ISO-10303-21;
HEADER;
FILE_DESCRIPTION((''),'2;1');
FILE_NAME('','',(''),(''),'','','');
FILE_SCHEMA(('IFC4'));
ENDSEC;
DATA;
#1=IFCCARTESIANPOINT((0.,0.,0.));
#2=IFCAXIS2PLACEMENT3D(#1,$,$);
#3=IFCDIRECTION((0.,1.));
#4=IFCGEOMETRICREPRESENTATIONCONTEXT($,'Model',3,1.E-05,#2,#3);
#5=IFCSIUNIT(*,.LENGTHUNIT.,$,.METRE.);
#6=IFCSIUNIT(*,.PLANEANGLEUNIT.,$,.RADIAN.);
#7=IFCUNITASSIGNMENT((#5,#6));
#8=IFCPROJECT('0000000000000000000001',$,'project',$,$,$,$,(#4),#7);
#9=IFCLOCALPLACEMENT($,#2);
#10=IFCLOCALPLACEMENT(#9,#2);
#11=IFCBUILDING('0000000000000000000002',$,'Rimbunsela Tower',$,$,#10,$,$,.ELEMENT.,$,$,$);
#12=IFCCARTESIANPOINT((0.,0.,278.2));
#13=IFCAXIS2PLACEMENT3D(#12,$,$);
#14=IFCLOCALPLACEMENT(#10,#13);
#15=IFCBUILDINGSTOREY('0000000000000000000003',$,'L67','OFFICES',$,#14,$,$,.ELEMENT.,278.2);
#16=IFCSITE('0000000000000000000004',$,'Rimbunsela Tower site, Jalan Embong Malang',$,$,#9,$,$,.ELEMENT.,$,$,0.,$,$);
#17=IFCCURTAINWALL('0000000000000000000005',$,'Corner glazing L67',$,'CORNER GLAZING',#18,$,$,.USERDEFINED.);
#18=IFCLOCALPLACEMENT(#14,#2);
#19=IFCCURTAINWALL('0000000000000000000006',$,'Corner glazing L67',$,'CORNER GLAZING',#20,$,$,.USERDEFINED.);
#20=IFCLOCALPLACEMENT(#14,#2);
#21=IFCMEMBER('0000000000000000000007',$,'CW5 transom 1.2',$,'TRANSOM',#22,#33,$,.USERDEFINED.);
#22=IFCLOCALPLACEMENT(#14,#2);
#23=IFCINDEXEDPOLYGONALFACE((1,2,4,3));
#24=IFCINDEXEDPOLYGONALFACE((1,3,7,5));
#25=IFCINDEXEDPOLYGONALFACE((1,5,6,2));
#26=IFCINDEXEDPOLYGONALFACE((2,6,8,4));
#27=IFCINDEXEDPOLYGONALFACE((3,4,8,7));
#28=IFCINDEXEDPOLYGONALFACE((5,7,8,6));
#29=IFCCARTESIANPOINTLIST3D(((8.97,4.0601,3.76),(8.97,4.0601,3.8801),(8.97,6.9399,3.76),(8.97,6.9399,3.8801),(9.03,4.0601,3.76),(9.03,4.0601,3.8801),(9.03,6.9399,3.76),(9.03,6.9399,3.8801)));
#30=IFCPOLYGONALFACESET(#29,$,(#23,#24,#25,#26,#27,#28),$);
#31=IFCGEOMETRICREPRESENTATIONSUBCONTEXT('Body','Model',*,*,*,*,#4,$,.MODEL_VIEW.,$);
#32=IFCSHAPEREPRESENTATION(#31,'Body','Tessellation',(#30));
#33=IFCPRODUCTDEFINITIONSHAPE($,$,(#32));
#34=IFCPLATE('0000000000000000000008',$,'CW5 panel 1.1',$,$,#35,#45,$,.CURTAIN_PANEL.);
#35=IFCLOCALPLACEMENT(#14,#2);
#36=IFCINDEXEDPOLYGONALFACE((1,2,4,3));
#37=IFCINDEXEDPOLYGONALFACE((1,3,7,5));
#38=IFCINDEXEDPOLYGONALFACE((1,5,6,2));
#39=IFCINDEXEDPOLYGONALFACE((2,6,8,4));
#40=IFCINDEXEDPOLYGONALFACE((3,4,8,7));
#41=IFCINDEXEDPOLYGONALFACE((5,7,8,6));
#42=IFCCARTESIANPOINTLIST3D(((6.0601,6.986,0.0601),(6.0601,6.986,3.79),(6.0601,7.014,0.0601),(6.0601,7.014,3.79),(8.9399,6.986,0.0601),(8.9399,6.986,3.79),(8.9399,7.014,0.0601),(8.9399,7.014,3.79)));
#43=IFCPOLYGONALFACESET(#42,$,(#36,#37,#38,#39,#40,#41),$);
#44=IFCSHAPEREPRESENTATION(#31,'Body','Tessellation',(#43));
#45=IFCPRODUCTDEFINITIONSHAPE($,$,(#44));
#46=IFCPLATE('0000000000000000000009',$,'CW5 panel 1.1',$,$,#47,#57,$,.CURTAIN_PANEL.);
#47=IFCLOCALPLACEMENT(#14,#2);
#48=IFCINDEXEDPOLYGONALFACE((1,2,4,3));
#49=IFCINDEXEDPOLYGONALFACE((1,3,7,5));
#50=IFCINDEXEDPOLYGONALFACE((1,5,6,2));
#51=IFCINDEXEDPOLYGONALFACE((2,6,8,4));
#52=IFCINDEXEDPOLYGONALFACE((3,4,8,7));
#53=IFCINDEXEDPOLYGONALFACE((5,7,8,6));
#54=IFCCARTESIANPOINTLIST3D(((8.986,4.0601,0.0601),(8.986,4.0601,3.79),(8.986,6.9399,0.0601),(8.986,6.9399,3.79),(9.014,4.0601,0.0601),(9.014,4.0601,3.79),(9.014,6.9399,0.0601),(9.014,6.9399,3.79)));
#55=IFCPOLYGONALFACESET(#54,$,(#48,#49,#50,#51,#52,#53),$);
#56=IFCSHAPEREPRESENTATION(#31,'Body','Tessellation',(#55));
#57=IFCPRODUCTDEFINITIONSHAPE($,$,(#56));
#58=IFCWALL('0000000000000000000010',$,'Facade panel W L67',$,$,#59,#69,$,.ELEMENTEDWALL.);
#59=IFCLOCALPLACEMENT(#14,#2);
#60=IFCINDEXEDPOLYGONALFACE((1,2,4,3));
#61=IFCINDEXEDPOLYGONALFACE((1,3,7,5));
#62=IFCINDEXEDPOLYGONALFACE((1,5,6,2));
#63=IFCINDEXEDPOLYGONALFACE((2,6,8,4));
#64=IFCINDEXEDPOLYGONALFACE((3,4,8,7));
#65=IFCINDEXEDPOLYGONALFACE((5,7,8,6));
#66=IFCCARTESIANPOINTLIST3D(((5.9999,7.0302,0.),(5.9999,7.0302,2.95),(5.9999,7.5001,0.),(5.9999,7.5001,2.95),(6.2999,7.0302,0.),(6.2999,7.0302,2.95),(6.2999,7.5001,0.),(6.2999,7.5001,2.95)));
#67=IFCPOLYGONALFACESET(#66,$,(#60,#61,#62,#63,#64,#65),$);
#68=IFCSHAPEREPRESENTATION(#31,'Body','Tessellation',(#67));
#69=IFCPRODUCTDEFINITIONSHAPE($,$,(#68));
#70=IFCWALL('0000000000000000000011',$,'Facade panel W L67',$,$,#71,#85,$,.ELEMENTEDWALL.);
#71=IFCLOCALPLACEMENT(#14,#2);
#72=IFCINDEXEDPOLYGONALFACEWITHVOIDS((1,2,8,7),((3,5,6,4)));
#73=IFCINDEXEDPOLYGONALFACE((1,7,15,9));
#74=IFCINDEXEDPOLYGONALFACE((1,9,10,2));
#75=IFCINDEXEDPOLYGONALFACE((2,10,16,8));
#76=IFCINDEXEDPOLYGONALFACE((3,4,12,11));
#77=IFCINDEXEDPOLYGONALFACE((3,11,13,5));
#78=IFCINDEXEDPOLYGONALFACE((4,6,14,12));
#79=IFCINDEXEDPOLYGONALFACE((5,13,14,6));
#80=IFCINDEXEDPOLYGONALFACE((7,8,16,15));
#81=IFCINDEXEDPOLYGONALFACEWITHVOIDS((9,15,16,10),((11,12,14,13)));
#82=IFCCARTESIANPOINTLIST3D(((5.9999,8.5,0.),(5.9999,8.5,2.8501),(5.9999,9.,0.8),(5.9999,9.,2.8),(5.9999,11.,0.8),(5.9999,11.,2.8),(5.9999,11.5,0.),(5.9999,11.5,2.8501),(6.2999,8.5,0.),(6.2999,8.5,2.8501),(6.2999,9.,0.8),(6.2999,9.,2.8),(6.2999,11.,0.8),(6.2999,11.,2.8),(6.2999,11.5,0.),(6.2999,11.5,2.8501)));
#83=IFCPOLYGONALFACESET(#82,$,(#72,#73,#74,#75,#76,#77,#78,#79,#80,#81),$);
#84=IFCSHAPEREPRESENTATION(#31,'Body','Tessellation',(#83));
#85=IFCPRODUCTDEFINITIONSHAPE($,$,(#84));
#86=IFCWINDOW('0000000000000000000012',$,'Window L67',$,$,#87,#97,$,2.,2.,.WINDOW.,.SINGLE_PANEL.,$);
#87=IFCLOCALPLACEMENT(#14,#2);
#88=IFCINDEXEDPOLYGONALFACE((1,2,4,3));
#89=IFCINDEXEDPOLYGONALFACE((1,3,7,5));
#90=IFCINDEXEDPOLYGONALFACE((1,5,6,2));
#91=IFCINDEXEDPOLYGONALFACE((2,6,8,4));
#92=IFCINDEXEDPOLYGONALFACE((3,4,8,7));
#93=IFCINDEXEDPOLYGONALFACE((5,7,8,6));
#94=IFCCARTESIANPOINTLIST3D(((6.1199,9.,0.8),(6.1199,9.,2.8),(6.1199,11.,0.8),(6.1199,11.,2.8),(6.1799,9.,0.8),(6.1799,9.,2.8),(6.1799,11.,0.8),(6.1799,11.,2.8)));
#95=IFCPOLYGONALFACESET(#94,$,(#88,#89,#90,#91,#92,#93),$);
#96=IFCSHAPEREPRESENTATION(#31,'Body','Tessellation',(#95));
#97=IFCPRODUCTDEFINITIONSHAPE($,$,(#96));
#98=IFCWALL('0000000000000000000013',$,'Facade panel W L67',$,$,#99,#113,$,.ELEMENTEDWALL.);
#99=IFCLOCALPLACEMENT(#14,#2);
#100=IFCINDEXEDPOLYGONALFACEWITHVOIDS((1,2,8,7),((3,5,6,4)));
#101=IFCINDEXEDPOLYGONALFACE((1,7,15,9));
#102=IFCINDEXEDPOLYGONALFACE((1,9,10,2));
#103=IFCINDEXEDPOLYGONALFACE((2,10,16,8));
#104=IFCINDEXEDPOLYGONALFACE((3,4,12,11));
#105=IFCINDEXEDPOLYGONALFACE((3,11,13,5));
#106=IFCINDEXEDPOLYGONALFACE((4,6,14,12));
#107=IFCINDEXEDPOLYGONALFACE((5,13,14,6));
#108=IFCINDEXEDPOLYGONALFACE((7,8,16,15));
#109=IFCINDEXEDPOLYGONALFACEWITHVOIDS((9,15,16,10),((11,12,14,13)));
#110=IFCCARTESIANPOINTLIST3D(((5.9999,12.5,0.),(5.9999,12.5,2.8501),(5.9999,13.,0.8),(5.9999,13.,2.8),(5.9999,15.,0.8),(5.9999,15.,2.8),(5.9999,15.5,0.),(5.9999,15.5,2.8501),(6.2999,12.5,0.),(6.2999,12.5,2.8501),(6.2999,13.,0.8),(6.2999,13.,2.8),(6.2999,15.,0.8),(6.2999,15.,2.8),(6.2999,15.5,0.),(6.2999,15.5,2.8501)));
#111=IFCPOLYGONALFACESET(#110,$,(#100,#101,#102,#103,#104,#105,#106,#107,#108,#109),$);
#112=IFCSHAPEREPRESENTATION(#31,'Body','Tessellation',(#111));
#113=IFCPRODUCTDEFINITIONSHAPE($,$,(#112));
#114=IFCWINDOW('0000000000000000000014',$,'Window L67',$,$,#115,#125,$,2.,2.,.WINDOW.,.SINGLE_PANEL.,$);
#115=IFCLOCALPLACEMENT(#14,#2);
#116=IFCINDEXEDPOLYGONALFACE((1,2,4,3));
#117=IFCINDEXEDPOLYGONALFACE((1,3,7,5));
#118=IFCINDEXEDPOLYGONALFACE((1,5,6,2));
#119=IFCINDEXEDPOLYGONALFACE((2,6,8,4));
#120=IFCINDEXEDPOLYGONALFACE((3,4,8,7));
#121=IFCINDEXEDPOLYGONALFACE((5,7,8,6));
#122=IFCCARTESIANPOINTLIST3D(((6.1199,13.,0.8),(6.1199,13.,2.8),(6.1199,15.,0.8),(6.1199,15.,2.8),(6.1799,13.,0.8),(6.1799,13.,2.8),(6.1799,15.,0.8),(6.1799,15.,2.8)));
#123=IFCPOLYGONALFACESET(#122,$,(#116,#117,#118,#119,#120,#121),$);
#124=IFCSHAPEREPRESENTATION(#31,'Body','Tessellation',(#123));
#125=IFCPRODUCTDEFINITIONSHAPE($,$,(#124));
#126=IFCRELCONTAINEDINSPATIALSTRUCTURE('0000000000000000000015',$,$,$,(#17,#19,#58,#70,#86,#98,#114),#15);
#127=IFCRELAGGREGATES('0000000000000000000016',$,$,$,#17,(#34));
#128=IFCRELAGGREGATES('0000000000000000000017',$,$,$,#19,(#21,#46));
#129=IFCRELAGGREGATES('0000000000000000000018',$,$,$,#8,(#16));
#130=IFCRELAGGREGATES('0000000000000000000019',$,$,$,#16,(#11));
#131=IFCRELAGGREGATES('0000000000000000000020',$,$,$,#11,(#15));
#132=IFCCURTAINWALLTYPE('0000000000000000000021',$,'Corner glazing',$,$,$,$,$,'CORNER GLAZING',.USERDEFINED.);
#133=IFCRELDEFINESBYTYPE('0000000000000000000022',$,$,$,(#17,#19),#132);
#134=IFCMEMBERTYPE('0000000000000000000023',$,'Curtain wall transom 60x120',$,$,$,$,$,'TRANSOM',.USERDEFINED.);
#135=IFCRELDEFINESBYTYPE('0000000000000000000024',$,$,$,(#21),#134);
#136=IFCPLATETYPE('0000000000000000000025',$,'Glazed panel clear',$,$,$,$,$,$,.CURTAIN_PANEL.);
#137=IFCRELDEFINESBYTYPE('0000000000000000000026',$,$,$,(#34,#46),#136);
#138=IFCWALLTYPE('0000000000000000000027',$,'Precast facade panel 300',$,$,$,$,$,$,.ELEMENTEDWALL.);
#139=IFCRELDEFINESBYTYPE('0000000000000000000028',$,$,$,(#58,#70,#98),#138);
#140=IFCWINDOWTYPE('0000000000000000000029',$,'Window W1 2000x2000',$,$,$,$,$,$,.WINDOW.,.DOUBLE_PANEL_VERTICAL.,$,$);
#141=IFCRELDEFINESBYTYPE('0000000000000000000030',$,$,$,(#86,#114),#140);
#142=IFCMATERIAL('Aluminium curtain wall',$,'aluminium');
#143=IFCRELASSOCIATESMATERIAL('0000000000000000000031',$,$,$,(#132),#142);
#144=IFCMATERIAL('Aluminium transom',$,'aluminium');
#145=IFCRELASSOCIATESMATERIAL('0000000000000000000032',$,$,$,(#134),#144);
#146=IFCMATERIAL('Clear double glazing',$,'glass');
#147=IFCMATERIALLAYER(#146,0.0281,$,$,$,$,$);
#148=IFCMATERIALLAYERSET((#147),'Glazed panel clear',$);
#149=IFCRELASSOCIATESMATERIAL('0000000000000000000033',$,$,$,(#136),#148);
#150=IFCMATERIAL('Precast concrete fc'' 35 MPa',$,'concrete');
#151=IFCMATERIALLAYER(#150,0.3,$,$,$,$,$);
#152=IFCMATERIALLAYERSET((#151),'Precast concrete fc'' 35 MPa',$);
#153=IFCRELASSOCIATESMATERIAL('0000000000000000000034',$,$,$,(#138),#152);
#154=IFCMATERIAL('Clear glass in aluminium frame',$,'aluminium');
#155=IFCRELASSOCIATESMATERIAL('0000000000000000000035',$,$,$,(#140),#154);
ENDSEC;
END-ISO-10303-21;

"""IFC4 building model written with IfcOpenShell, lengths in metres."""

from ifc_helpers import new_model, si_unit, direction, frame, frame_2d, origin, origin_2d, place, context, subcontext, project, spatial, rectangle, extrude, material, layer, layer_set, material_profile, profile_set, type_object, element, fill, aggregate, save


model = new_model("IFC4")

# Units and contexts
model_context = context("Model", 3, precision=1e-05, world=origin(), true_north=direction((0.0, 1.0)))
body_context = subcontext(model_context, "Body", "Model", "MODEL_VIEW")
ifc_project = project(units=[si_unit("LENGTHUNIT", "METRE"), si_unit("PLANEANGLEUNIT", "RADIAN")], contexts=[model_context])

# Site, building, storey
site_placement = place(None, origin())
site = spatial("IfcSite", under=ifc_project, at=site_placement, Name="Rimbunsela Tower site, Jalan Embong Malang", CompositionType="ELEMENT", RefElevation=0.0)
building_placement = place(site_placement, origin())
building = spatial("IfcBuilding", under=site, at=building_placement, Name="Rimbunsela Tower", CompositionType="ELEMENT")
storey_placement = place(building_placement, frame((0.0, 0.0, 278.2)))
storey = spatial("IfcBuildingStorey", under=building, at=storey_placement, Name="L67", Description="OFFICES", CompositionType="ELEMENT", Elevation=278.2)

# Curtain walls
ifc_material_1 = material(Name="Aluminium curtain wall", Category="aluminium")
curtain_wall_type = type_object("IfcCurtainWallType", Name="Corner glazing", ElementType="CORNER GLAZING", PredefinedType="USERDEFINED", material=ifc_material_1)
curtain_wall_1_placement = place(storey_placement, origin())
curtain_wall_1 = element("IfcCurtainWall", 1, at=curtain_wall_1_placement, inside=storey, type_object=curtain_wall_type, Name="Corner glazing L67", ObjectType="CORNER GLAZING", PredefinedType="USERDEFINED")
curtain_wall_2_placement = place(storey_placement, origin())
curtain_wall_2 = element("IfcCurtainWall", 2, at=curtain_wall_2_placement, inside=storey, type_object=curtain_wall_type, Name="Corner glazing L67", ObjectType="CORNER GLAZING", PredefinedType="USERDEFINED")

# Member
ifc_material_2 = material(Name="Aluminium transom", Category="aluminium")
ifc_material_profile_1 = material_profile(ifc_material_2, rectangle(XDim=0.0601, YDim=0.1201, at=origin_2d()), Name="Transom 60x120")
ifc_profile_set_1 = profile_set([ifc_material_profile_1], Name="Aluminium transom")
member_type_1 = type_object("IfcMemberType", Name="Curtain wall transom 60x120", ElementType="TRANSOM", PredefinedType="USERDEFINED", material=ifc_profile_set_1)
member_1_placement = place(storey_placement, frame((9.0, 6.9399, 3.8201), z_axis=(0.0, -1.0, 0.0), x_axis=(1.0, 0.0, 0.0)))
member_1 = element("IfcMember", 3, at=member_1_placement, type_object=member_type_1, Name="CW5 transom 1.2", ObjectType="TRANSOM", PredefinedType="USERDEFINED", context=body_context, shape_type="SweptSolid", body=[
    extrude(rectangle(XDim=0.0601, YDim=0.1201, at=origin_2d()), origin(), (0.0, 0.0, 1.0), 2.8799),
])

# Plates
ifc_material_3 = material(Name="Clear double glazing", Category="glass")
ifc_layer_1 = layer(ifc_material_3, 0.0281)
ifc_layer_set_1 = layer_set([ifc_layer_1], Name="Glazed panel clear")
plate_type = type_object("IfcPlateType", Name="Glazed panel clear", PredefinedType="CURTAIN_PANEL", material=ifc_layer_set_1)
plate_1_placement = place(storey_placement, frame((7.5, 7.0, 0.0601), z_axis=(0.0, 0.0, 1.0), x_axis=(1.0, 0.0, 0.0)))
plate_1 = element("IfcPlate", 4, at=plate_1_placement, type_object=plate_type, Name="CW5 panel 1.1", PredefinedType="CURTAIN_PANEL", context=body_context, shape_type="SweptSolid", body=[
    extrude(rectangle(XDim=2.8799, YDim=0.0281, at=origin_2d()), origin(), (0.0, 0.0, 1.0), 3.73),
])
aggregate(curtain_wall_1, [plate_1])
plate_2_placement = place(storey_placement, frame((9.0, 5.5, 0.0601), z_axis=(0.0, 0.0, 1.0), x_axis=(0.0, -1.0, 0.0)))
plate_2 = element("IfcPlate", 5, at=plate_2_placement, type_object=plate_type, Name="CW5 panel 1.1", PredefinedType="CURTAIN_PANEL", context=body_context, shape_type="SweptSolid", body=[
    extrude(rectangle(XDim=2.8799, YDim=0.0281, at=origin_2d()), origin(), (0.0, 0.0, 1.0), 3.73),
])
aggregate(curtain_wall_2, [member_1, plate_2])

# Wall
ifc_material_4 = material(Name="Precast concrete fc' 35 MPa", Category="concrete")
ifc_layer_2 = layer(ifc_material_4, 0.3)
ifc_layer_set_2 = layer_set([ifc_layer_2], Name="Precast concrete fc' 35 MPa")
wall_type = type_object("IfcWallType", Name="Precast facade panel 300", PredefinedType="ELEMENTEDWALL", material=ifc_layer_set_2)
wall_1_placement = place(storey_placement, frame((6.1499, 7.5, 0.0), z_axis=(0.0, 0.0, 1.0), x_axis=(0.0, -1.0, 0.0)))
element("IfcWall", 6, at=wall_1_placement, inside=storey, type_object=wall_type, Name="Facade panel W L67", PredefinedType="ELEMENTEDWALL", context=body_context, shape_type="SweptSolid", body=[
    extrude(rectangle(XDim=0.47, YDim=0.3, at=frame_2d((0.2349, 0.0))), origin(), (0.0, 0.0, 1.0), 2.95),
])

# Walls, openings, windows
wall_2_placement = place(storey_placement, frame((6.1499, 11.5, 0.0), z_axis=(0.0, 0.0, 1.0), x_axis=(0.0, -1.0, 0.0)))
wall_2 = element("IfcWall", 7, at=wall_2_placement, inside=storey, type_object=wall_type, Name="Facade panel W L67", PredefinedType="ELEMENTEDWALL", context=body_context, shape_type="SweptSolid", body=[
    extrude(rectangle(XDim=3.0, YDim=0.3, at=frame_2d((1.5, 0.0))), origin(), (0.0, 0.0, 1.0), 2.8501),
])
opening_1_placement = place(wall_2_placement, frame((0.5, 0.0, 0.8)))
opening_1 = element("IfcOpeningElement", 8, at=opening_1_placement, cuts=wall_2, PredefinedType="OPENING", context=body_context, shape_type="SweptSolid", body=[
    extrude(rectangle(XDim=2.0, YDim=2.0, at=frame_2d((1.0, 1.0))), frame((0.0, 0.1599, 0.0), z_axis=(0.0, -1.0, 0.0), x_axis=(1.0, 0.0, 0.0)), (0.0, 0.0, 1.0), 0.3201),
])
ifc_material_5 = material(Name="Clear glass in aluminium frame", Category="aluminium")
window_type = type_object("IfcWindowType", Name="Window W1 2000x2000", PartitioningType="DOUBLE_PANEL_VERTICAL", PredefinedType="WINDOW", material=ifc_material_5)
window_1_placement = place(opening_1_placement, origin())
window_1 = element("IfcWindow", 9, at=window_1_placement, inside=storey, type_object=window_type, Name="Window L67", OverallHeight=2.0, OverallWidth=2.0, PartitioningType="SINGLE_PANEL", PredefinedType="WINDOW", context=body_context, shape_type="SweptSolid", body=[
    extrude(rectangle(XDim=2.0, YDim=2.0, at=frame_2d((1.0, 1.0))), frame((0.0, 0.03, 0.0), z_axis=(0.0, -1.0, 0.0), x_axis=(1.0, 0.0, 0.0)), (0.0, 0.0, 1.0), 0.0601),
])
fill(opening_1, window_1)
wall_3_placement = place(storey_placement, frame((6.1499, 15.5, 0.0), z_axis=(0.0, 0.0, 1.0), x_axis=(0.0, -1.0, 0.0)))
wall_3 = element("IfcWall", 10, at=wall_3_placement, inside=storey, type_object=wall_type, Name="Facade panel W L67", PredefinedType="ELEMENTEDWALL", context=body_context, shape_type="SweptSolid", body=[
    extrude(rectangle(XDim=3.0, YDim=0.3, at=frame_2d((1.5, 0.0))), origin(), (0.0, 0.0, 1.0), 2.8501),
])
opening_2_placement = place(wall_3_placement, frame((0.5, 0.0, 0.8)))
opening_2 = element("IfcOpeningElement", 11, at=opening_2_placement, cuts=wall_3, PredefinedType="OPENING", context=body_context, shape_type="SweptSolid", body=[
    extrude(rectangle(XDim=2.0, YDim=2.0, at=frame_2d((1.0, 1.0))), frame((0.0, 0.1599, 0.0), z_axis=(0.0, -1.0, 0.0), x_axis=(1.0, 0.0, 0.0)), (0.0, 0.0, 1.0), 0.3201),
])
window_2_placement = place(opening_2_placement, origin())
window_2 = element("IfcWindow", 12, at=window_2_placement, inside=storey, type_object=window_type, Name="Window L67", OverallHeight=2.0, OverallWidth=2.0, PartitioningType="SINGLE_PANEL", PredefinedType="WINDOW", context=body_context, shape_type="SweptSolid", body=[
    extrude(rectangle(XDim=2.0, YDim=2.0, at=frame_2d((1.0, 1.0))), frame((0.0, 0.03, 0.0), z_axis=(0.0, -1.0, 0.0), x_axis=(1.0, 0.0, 0.0)), (0.0, 0.0, 1.0), 0.0601),
])
fill(opening_2, window_2)

save(model, "model.ifc")
